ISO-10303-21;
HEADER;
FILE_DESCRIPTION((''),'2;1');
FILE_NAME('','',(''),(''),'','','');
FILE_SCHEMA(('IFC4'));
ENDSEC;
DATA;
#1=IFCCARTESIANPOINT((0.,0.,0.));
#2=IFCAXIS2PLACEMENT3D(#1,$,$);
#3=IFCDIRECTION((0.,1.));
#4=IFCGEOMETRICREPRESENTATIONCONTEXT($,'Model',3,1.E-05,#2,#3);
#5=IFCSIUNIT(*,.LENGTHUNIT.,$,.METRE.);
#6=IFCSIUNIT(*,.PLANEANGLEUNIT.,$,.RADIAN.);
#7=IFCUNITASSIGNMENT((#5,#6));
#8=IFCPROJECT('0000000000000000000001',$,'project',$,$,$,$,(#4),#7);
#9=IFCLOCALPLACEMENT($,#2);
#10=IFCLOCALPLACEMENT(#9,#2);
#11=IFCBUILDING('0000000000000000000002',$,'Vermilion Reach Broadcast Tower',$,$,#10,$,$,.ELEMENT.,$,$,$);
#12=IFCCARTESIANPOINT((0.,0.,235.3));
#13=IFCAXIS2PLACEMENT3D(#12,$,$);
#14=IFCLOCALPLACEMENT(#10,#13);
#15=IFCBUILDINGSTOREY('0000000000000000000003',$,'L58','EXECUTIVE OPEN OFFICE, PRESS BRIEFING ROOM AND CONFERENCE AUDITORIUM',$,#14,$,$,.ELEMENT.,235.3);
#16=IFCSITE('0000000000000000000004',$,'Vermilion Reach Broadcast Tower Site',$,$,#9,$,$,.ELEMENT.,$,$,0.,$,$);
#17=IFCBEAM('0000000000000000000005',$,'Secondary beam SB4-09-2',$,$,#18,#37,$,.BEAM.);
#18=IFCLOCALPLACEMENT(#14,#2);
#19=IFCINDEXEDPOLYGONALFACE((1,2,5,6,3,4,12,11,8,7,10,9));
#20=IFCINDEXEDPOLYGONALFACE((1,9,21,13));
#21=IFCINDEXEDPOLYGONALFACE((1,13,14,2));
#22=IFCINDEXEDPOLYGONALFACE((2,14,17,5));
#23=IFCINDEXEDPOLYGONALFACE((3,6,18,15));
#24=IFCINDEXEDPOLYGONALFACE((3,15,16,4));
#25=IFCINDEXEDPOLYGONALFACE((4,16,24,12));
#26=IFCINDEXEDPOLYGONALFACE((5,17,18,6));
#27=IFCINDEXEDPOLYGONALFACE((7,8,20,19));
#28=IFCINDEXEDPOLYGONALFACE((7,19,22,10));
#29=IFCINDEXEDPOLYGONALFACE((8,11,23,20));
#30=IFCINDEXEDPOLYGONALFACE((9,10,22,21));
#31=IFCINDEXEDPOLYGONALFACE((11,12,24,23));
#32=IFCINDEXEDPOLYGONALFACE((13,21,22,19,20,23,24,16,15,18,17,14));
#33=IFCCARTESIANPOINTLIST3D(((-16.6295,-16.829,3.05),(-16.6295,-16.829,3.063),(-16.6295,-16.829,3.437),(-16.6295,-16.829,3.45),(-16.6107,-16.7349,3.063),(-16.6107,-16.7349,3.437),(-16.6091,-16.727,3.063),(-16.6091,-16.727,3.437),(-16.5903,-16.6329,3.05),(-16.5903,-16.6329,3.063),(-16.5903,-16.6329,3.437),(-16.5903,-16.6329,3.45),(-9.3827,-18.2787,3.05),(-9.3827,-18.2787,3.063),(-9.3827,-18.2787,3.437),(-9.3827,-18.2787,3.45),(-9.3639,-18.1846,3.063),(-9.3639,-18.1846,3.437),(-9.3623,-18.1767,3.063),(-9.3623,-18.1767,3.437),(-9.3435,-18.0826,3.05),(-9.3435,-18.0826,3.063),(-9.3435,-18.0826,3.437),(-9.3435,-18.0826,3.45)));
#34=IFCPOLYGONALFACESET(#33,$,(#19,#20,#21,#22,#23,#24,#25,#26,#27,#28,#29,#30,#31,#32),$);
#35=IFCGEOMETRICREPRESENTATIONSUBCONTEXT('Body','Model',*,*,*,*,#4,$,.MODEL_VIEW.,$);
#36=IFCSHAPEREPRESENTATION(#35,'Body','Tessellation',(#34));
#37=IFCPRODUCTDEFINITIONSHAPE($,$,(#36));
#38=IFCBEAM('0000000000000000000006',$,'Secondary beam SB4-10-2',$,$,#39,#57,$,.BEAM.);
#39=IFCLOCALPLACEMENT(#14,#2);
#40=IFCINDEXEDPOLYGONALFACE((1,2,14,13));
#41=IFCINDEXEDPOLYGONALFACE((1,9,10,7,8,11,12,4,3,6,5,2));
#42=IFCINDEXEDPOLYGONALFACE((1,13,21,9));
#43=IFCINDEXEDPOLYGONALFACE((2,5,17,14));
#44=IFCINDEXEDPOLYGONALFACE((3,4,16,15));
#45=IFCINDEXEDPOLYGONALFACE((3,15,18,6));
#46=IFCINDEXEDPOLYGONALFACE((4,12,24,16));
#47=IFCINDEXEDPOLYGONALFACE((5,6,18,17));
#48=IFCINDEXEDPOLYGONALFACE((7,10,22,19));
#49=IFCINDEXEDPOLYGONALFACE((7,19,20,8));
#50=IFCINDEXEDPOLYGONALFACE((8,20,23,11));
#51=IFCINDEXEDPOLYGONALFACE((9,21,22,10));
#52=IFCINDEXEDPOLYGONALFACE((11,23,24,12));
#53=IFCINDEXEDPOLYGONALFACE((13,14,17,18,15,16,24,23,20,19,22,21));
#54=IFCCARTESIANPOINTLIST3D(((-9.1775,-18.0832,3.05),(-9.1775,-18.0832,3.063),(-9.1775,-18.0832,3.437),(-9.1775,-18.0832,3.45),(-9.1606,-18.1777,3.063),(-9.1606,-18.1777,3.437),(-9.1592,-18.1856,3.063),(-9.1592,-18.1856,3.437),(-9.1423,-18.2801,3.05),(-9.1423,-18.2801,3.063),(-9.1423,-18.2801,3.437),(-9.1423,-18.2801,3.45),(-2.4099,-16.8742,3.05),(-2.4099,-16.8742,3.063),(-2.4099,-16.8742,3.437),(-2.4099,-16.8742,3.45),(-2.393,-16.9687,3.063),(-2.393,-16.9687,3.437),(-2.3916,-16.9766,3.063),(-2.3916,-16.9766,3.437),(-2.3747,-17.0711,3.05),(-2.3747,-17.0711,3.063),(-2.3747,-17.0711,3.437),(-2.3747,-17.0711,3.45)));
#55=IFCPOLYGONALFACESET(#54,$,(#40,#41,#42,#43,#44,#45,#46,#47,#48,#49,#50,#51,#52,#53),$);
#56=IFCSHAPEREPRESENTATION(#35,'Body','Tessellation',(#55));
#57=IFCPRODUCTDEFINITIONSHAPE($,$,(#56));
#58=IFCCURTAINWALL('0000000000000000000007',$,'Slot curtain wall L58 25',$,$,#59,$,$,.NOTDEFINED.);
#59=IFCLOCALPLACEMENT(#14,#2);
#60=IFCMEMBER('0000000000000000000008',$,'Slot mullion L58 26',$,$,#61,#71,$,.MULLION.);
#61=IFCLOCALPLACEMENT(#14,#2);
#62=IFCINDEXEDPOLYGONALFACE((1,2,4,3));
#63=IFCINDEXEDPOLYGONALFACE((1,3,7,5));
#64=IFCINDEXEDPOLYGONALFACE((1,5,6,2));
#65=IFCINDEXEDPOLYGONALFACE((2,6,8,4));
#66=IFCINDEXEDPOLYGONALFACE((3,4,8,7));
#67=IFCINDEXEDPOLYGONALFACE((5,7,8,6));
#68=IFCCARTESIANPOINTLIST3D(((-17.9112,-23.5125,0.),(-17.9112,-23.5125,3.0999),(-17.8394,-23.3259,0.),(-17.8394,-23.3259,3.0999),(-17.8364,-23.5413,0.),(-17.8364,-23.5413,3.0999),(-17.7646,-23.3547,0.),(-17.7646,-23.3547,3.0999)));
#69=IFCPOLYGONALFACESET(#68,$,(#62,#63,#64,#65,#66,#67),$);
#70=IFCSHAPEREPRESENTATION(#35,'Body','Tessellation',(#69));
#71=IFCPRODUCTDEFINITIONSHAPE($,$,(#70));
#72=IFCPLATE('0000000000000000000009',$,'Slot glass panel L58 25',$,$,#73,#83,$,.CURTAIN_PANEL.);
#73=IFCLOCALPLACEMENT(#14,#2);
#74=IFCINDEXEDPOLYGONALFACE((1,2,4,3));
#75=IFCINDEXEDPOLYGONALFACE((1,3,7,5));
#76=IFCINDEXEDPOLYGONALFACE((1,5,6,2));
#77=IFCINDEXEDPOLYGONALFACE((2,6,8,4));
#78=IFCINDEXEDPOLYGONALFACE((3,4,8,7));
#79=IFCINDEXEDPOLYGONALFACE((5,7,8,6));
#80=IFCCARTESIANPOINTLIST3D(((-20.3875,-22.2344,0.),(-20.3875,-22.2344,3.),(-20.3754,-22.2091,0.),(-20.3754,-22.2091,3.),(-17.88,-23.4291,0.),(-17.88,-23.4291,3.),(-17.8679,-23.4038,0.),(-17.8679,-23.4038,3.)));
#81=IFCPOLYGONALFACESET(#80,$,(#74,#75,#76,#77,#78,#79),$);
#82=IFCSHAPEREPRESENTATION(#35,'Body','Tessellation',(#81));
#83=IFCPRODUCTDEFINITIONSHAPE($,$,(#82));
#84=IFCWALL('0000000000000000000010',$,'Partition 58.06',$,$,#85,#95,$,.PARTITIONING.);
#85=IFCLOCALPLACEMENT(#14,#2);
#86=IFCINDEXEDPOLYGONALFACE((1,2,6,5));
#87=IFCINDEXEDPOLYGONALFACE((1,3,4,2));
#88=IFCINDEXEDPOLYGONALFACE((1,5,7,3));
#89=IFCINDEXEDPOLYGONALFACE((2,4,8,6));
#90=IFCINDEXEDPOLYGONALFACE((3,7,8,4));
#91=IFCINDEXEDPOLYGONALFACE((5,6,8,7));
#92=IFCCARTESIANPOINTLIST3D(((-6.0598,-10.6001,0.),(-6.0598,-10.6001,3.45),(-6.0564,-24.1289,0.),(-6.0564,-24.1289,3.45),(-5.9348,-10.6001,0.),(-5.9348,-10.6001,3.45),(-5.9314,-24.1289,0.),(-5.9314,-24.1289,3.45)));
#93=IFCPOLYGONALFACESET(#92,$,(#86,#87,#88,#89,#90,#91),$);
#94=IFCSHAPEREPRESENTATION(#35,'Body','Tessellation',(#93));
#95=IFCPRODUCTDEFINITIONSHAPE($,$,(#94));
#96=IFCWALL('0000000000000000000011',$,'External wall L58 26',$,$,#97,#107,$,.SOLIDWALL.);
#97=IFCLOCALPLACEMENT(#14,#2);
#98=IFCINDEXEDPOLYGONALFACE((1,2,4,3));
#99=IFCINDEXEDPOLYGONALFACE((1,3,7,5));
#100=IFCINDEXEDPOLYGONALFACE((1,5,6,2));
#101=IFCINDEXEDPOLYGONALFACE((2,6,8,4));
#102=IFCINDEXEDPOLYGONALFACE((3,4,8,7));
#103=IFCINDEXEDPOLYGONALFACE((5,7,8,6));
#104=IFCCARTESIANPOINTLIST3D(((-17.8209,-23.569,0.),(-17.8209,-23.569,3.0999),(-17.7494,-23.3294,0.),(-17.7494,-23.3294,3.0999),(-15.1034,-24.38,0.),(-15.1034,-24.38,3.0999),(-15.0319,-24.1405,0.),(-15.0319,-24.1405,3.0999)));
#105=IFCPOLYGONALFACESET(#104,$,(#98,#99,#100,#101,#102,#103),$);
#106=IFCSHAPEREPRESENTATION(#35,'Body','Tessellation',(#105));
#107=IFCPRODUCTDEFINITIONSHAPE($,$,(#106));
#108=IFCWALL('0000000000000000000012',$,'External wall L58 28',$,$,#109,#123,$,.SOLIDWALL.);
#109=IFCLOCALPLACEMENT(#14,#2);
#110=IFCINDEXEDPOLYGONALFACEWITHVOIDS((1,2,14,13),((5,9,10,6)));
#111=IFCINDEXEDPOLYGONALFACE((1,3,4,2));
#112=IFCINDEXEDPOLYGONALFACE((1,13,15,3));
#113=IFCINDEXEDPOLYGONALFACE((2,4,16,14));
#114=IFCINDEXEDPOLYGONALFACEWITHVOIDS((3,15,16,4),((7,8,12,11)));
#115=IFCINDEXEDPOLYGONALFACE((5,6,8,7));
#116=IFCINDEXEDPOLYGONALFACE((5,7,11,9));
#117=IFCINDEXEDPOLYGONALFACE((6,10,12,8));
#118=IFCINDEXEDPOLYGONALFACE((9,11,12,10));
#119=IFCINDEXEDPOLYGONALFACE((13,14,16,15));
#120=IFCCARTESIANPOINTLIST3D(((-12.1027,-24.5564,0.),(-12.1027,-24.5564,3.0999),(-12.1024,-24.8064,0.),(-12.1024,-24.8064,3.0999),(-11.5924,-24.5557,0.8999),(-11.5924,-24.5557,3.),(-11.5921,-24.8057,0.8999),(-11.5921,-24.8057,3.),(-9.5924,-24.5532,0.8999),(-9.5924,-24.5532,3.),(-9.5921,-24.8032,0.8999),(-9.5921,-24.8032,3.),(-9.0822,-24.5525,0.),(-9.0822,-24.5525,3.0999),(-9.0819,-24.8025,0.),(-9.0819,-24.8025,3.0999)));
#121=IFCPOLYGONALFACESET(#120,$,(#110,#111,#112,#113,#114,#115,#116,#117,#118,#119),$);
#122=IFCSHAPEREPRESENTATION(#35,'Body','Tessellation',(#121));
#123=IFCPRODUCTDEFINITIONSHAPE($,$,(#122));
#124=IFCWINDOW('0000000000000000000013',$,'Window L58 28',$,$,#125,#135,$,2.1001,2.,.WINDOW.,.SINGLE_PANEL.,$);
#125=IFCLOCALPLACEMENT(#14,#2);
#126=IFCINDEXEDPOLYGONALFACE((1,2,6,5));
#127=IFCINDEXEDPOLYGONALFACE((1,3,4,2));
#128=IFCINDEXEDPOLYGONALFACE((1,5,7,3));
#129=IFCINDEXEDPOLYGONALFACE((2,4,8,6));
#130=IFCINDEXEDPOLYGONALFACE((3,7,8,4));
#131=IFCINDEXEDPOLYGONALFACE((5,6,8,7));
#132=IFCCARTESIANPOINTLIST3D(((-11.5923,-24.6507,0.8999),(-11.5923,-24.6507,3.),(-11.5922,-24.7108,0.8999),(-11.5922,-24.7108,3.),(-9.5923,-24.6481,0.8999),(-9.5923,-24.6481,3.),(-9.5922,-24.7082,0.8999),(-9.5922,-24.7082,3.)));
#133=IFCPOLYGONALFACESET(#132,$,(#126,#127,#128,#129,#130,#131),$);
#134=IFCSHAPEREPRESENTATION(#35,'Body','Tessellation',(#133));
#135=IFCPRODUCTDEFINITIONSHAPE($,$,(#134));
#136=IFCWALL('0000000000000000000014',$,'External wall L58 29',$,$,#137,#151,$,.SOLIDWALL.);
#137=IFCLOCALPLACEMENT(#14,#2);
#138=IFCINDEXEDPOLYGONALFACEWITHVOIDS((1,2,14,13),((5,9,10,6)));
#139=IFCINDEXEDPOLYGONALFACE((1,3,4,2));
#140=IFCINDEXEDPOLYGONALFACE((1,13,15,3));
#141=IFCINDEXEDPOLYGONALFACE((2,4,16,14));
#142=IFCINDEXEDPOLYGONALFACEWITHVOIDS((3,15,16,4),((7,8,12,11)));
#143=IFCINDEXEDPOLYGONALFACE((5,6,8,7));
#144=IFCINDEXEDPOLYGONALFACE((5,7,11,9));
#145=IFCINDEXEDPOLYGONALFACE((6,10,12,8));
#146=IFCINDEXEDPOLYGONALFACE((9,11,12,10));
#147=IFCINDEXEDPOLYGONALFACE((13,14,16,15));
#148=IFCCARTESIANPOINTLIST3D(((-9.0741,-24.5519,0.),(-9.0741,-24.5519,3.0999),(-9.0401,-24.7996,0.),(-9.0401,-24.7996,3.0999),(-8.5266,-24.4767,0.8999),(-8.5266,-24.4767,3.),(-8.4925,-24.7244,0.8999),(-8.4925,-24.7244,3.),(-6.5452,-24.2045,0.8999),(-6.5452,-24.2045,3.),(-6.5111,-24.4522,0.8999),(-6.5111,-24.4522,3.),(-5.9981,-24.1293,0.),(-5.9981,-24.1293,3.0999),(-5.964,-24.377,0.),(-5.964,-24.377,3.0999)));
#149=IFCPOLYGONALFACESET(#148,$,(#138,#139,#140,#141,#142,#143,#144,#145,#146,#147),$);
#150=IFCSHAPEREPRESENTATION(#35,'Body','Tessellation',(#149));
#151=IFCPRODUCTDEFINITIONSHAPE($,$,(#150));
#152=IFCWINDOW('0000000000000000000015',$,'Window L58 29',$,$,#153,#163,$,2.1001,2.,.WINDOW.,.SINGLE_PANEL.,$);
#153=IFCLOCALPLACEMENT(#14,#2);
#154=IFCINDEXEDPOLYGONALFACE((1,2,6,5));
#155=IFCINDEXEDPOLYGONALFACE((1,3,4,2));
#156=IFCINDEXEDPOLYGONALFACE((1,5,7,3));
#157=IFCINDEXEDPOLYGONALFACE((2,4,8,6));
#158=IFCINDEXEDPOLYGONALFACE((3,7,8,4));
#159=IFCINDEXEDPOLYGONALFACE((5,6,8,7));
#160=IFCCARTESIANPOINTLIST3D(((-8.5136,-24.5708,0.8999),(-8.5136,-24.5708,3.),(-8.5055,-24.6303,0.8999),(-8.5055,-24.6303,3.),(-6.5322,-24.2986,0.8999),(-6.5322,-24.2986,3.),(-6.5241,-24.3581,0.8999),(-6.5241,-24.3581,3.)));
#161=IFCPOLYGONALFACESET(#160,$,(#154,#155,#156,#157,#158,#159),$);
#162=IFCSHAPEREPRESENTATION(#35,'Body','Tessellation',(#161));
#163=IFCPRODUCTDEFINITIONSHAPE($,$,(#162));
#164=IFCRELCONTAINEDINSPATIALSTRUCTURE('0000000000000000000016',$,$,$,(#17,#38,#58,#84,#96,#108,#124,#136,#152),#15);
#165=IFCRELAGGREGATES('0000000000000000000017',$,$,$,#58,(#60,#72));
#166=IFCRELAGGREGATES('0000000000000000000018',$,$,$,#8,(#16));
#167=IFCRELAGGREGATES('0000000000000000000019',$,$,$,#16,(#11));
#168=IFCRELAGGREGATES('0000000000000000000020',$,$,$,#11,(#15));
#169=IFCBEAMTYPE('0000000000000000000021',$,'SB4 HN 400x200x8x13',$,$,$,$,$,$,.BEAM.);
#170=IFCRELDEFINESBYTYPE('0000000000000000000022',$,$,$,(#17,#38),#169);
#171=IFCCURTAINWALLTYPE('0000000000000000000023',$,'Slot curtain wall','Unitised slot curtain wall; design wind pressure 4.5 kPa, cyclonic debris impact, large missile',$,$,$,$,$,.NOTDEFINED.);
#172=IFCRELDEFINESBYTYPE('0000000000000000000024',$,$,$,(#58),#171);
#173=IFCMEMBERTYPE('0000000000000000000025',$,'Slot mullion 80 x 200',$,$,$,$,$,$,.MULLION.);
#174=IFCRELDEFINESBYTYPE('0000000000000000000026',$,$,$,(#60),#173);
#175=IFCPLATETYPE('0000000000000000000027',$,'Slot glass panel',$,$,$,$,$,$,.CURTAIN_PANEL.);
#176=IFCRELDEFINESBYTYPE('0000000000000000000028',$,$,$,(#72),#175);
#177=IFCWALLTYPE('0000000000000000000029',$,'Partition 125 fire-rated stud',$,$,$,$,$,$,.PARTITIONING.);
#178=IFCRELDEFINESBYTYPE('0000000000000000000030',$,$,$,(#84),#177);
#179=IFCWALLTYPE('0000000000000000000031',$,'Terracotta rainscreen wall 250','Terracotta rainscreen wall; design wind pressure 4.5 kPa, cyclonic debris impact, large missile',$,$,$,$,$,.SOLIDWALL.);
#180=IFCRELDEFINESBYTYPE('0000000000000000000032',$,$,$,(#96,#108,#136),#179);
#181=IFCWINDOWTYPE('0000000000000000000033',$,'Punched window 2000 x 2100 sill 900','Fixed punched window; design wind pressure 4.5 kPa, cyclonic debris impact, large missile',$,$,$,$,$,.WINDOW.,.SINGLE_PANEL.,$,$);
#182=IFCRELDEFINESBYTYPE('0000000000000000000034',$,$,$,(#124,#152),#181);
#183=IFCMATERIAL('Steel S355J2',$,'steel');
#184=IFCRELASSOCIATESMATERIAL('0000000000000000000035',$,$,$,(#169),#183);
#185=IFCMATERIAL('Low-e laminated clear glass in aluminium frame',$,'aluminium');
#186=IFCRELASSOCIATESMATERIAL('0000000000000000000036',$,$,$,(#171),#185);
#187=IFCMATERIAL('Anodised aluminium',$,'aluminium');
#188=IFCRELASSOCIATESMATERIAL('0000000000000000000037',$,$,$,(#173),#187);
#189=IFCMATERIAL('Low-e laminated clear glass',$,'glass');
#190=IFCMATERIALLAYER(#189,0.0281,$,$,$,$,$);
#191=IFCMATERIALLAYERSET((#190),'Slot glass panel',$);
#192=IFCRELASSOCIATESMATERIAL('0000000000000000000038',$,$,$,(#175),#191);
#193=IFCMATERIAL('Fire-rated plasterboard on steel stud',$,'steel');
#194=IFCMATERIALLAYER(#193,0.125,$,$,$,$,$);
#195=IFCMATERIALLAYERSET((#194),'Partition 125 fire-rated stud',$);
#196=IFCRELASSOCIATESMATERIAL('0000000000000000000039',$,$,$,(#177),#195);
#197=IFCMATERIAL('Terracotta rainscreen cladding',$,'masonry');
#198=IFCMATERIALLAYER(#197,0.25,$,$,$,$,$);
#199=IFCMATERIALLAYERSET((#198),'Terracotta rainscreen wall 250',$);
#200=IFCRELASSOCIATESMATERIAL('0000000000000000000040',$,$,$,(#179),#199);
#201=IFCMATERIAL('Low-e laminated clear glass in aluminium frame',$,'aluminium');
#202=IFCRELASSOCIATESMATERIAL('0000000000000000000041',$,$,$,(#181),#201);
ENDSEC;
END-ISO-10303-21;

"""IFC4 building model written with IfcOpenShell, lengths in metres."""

from ifc_helpers import new_model, si_unit, direction, frame, frame_2d, origin, origin_2d, place, context, subcontext, project, spatial, rectangle, i_section, extrude, material, layer, layer_set, material_profile, profile_set, type_object, element, fill, aggregate, save


model = new_model("IFC4")

# Units and contexts
model_context = context("Model", 3, precision=1e-05, world=origin(), true_north=direction((0.0, 1.0)))
body_context = subcontext(model_context, "Body", "Model", "MODEL_VIEW")
ifc_project = project(units=[si_unit("LENGTHUNIT", "METRE"), si_unit("PLANEANGLEUNIT", "RADIAN")], contexts=[model_context])

# Site, building, storey
site_placement = place(None, origin())
site = spatial("IfcSite", under=ifc_project, at=site_placement, Name="Vermilion Reach Broadcast Tower Site", CompositionType="ELEMENT", RefElevation=0.0)
building_placement = place(site_placement, origin())
building = spatial("IfcBuilding", under=site, at=building_placement, Name="Vermilion Reach Broadcast Tower", CompositionType="ELEMENT")
storey_placement = place(building_placement, frame((0.0, 0.0, 235.3)))
storey = spatial("IfcBuildingStorey", under=building, at=storey_placement, Name="L58", Description="EXECUTIVE OPEN OFFICE, PRESS BRIEFING ROOM AND CONFERENCE AUDITORIUM", CompositionType="ELEMENT", Elevation=235.3)

# Beams
ifc_material_1 = material(Name="Steel S355J2", Category="steel")
ifc_material_profile_1 = material_profile(ifc_material_1, i_section(OverallWidth=0.2, OverallDepth=0.3999, WebThickness=0.0081, FlangeThickness=0.0129, at=origin_2d()), Name="S355J2 HN 400x200x8x13")
ifc_profile_set_1 = profile_set([ifc_material_profile_1], Name="Steel S355J2")
beam_type_1 = type_object("IfcBeamType", Name="SB4 HN 400x200x8x13", PredefinedType="BEAM", material=ifc_profile_set_1)
beam_1_placement = place(storey_placement, frame((-16.6099, -16.731, 3.25), z_axis=(0.980572, -0.196161, 0.0), x_axis=(0.196161, 0.980572, 0.0)))
element("IfcBeam", 1, at=beam_1_placement, inside=storey, type_object=beam_type_1, Name="Secondary beam SB4-09-2", PredefinedType="BEAM", context=body_context, shape_type="SweptSolid", body=[
    extrude(i_section(OverallWidth=0.2, OverallDepth=0.3999, WebThickness=0.0081, FlangeThickness=0.0129, at=origin_2d()), origin(), (0.0, 0.0, 1.0), 7.3904),
])
beam_2_placement = place(storey_placement, frame((-9.1599, -18.1816, 3.25), z_axis=(0.984415, 0.175859, 0.0), x_axis=(-0.175859, 0.984415, 0.0)))
element("IfcBeam", 2, at=beam_2_placement, inside=storey, type_object=beam_type_1, Name="Secondary beam SB4-10-2", PredefinedType="BEAM", context=body_context, shape_type="SweptSolid", body=[
    extrude(i_section(OverallWidth=0.2, OverallDepth=0.3999, WebThickness=0.0081, FlangeThickness=0.0129, at=origin_2d()), origin(), (0.0, 0.0, 1.0), 6.8748),
])

# Curtain wall, member, plate
ifc_material_2 = material(Name="Low-e laminated clear glass in aluminium frame", Category="aluminium")
curtain_wall_type = type_object("IfcCurtainWallType", Name="Slot curtain wall", Description="Unitised slot curtain wall; design wind pressure 4.5 kPa, cyclonic debris impact, large missile", PredefinedType="NOTDEFINED", material=ifc_material_2)
curtain_wall_placement = place(storey_placement, origin())
curtain_wall = element("IfcCurtainWall", 3, at=curtain_wall_placement, inside=storey, type_object=curtain_wall_type, Name="Slot curtain wall L58 25", PredefinedType="NOTDEFINED")
ifc_material_3 = material(Name="Anodised aluminium", Category="aluminium")
ifc_material_profile_2 = material_profile(ifc_material_3, rectangle(XDim=0.2, YDim=0.0801, at=origin_2d()), Name="Slot mullion 80 x 200")
ifc_profile_set_2 = profile_set([ifc_material_profile_2], Name="Anodised aluminium")
member_type = type_object("IfcMemberType", Name="Slot mullion 80 x 200", PredefinedType="MULLION", material=ifc_profile_set_2)
member_placement = place(storey_placement, frame((-17.8379, -23.4336, 0.0), z_axis=(0.0, 0.0, 1.0), x_axis=(0.359126, 0.933289, 0.0)))
member = element("IfcMember", 4, at=member_placement, type_object=member_type, Name="Slot mullion L58 26", PredefinedType="MULLION", context=body_context, shape_type="SweptSolid", body=[
    extrude(rectangle(XDim=0.2, YDim=0.0801, at=origin_2d()), origin(), (0.0, 0.0, 1.0), 3.0999),
])
ifc_material_4 = material(Name="Low-e laminated clear glass", Category="glass")
ifc_layer_1 = layer(ifc_material_4, 0.0281)
ifc_layer_set_1 = layer_set([ifc_layer_1], Name="Slot glass panel")
plate_type = type_object("IfcPlateType", Name="Slot glass panel", PredefinedType="CURTAIN_PANEL", material=ifc_layer_set_1)
plate_placement = place(storey_placement, frame((-19.1277, -22.8191, 0.0), z_axis=(0.0, 0.0, 1.0), x_axis=(0.90277, -0.430124, 0.0)))
plate = element("IfcPlate", 5, at=plate_placement, type_object=plate_type, Name="Slot glass panel L58 25", PredefinedType="CURTAIN_PANEL", context=body_context, shape_type="SweptSolid", body=[
    extrude(rectangle(XDim=2.7776, YDim=0.0281, at=origin_2d()), origin(), (0.0, 0.0, 1.0), 3.0),
])
aggregate(curtain_wall, [member, plate])

# Walls
ifc_material_5 = material(Name="Fire-rated plasterboard on steel stud", Category="steel")
ifc_layer_2 = layer(ifc_material_5, 0.125)
ifc_layer_set_2 = layer_set([ifc_layer_2], Name="Partition 125 fire-rated stud")
wall_type_1 = type_object("IfcWallType", Name="Partition 125 fire-rated stud", PredefinedType="PARTITIONING", material=ifc_layer_set_2)
wall_1_placement = place(storey_placement, frame((-5.9939, -24.1289, 0.0), z_axis=(0.0, 0.0, 1.0), x_axis=(-0.000253, 1.0, 0.0)))
element("IfcWall", 6, at=wall_1_placement, inside=storey, type_object=wall_type_1, Name="Partition 58.06", PredefinedType="PARTITIONING", context=body_context, shape_type="SweptSolid", body=[
    extrude(rectangle(XDim=13.5288, YDim=0.125, at=frame_2d((6.7644, 0.0))), origin(), (0.0, 0.0, 1.0), 3.45),
])
ifc_material_6 = material(Name="Terracotta rainscreen cladding", Category="masonry")
ifc_layer_3 = layer(ifc_material_6, 0.25)
ifc_layer_set_3 = layer_set([ifc_layer_3], Name="Terracotta rainscreen wall 250")
wall_type_2 = type_object("IfcWallType", Name="Terracotta rainscreen wall 250", Description="Terracotta rainscreen wall; design wind pressure 4.5 kPa, cyclonic debris impact, large missile", PredefinedType="SOLIDWALL", material=ifc_layer_set_3)
wall_2_placement = place(storey_placement, frame((-17.7852, -23.4492, 0.0), z_axis=(0.0, 0.0, 1.0), x_axis=(0.958235, -0.285981, 0.0)))
element("IfcWall", 7, at=wall_2_placement, inside=storey, type_object=wall_type_2, Name="External wall L58 26", PredefinedType="SOLIDWALL", context=body_context, shape_type="SweptSolid", body=[
    extrude(rectangle(XDim=2.8359, YDim=0.25, at=frame_2d((1.418, 0.0))), origin(), (0.0, 0.0, 1.0), 3.0999),
])

# Walls, openings, windows
wall_3_placement = place(storey_placement, frame((-12.1025, -24.6814, 0.0), z_axis=(0.0, 0.0, 1.0), x_axis=(0.999999, 0.001293, 0.0)))
wall_3 = element("IfcWall", 8, at=wall_3_placement, inside=storey, type_object=wall_type_2, Name="External wall L58 28", PredefinedType="SOLIDWALL", context=body_context, shape_type="SweptSolid", body=[
    extrude(rectangle(XDim=3.0205, YDim=0.25, at=frame_2d((1.5103, 0.0))), origin(), (0.0, 0.0, 1.0), 3.0999),
])
opening_1_placement = place(wall_3_placement, frame((0.5103, 0.0, 0.8999)))
opening_1 = element("IfcOpeningElement", 9, at=opening_1_placement, cuts=wall_3, PredefinedType="OPENING", context=body_context, shape_type="SweptSolid", body=[
    extrude(rectangle(XDim=2.0, YDim=2.1001, at=frame_2d((1.0, 1.05))), frame((0.0, 0.135, 0.0), z_axis=(0.0, -1.0, 0.0), x_axis=(1.0, 0.0, 0.0)), (0.0, 0.0, 1.0), 0.27),
])
ifc_material_7 = material(Name="Low-e laminated clear glass in aluminium frame", Category="aluminium")
window_type = type_object("IfcWindowType", Name="Punched window 2000 x 2100 sill 900", Description="Fixed punched window; design wind pressure 4.5 kPa, cyclonic debris impact, large missile", PartitioningType="SINGLE_PANEL", PredefinedType="WINDOW", material=ifc_material_7)
window_1_placement = place(opening_1_placement, origin())
window_1 = element("IfcWindow", 10, at=window_1_placement, inside=storey, type_object=window_type, Name="Window L58 28", OverallHeight=2.1001, OverallWidth=2.0, PartitioningType="SINGLE_PANEL", PredefinedType="WINDOW", context=body_context, shape_type="SweptSolid", body=[
    extrude(rectangle(XDim=2.0, YDim=2.1001, at=frame_2d((1.0, 1.05))), frame((0.0, 0.03, 0.0), z_axis=(0.0, -1.0, 0.0), x_axis=(1.0, 0.0, 0.0)), (0.0, 0.0, 1.0), 0.0601),
])
fill(opening_1, window_1)
wall_4_placement = place(storey_placement, frame((-9.0571, -24.6758, 0.0), z_axis=(0.0, 0.0, 1.0), x_axis=(0.990695, 0.136103, 0.0)))
wall_4 = element("IfcWall", 11, at=wall_4_placement, inside=storey, type_object=wall_type_2, Name="External wall L58 29", PredefinedType="SOLIDWALL", context=body_context, shape_type="SweptSolid", body=[
    extrude(rectangle(XDim=3.105, YDim=0.25, at=frame_2d((1.5525, 0.0))), origin(), (0.0, 0.0, 1.0), 3.0999),
])
opening_2_placement = place(wall_4_placement, frame((0.5527, 0.0, 0.8999)))
opening_2 = element("IfcOpeningElement", 12, at=opening_2_placement, cuts=wall_4, PredefinedType="OPENING", context=body_context, shape_type="SweptSolid", body=[
    extrude(rectangle(XDim=2.0, YDim=2.1001, at=frame_2d((1.0, 1.05))), frame((0.0, 0.135, 0.0), z_axis=(0.0, -1.0, 0.0), x_axis=(1.0, 0.0, 0.0)), (0.0, 0.0, 1.0), 0.27),
])
window_2_placement = place(opening_2_placement, origin())
window_2 = element("IfcWindow", 13, at=window_2_placement, inside=storey, type_object=window_type, Name="Window L58 29", OverallHeight=2.1001, OverallWidth=2.0, PartitioningType="SINGLE_PANEL", PredefinedType="WINDOW", context=body_context, shape_type="SweptSolid", body=[
    extrude(rectangle(XDim=2.0, YDim=2.1001, at=frame_2d((1.0, 1.05))), frame((0.0, 0.03, 0.0), z_axis=(0.0, -1.0, 0.0), x_axis=(1.0, 0.0, 0.0)), (0.0, 0.0, 1.0), 0.0601),
])
fill(opening_2, window_2)

save(model, "model.ifc")
